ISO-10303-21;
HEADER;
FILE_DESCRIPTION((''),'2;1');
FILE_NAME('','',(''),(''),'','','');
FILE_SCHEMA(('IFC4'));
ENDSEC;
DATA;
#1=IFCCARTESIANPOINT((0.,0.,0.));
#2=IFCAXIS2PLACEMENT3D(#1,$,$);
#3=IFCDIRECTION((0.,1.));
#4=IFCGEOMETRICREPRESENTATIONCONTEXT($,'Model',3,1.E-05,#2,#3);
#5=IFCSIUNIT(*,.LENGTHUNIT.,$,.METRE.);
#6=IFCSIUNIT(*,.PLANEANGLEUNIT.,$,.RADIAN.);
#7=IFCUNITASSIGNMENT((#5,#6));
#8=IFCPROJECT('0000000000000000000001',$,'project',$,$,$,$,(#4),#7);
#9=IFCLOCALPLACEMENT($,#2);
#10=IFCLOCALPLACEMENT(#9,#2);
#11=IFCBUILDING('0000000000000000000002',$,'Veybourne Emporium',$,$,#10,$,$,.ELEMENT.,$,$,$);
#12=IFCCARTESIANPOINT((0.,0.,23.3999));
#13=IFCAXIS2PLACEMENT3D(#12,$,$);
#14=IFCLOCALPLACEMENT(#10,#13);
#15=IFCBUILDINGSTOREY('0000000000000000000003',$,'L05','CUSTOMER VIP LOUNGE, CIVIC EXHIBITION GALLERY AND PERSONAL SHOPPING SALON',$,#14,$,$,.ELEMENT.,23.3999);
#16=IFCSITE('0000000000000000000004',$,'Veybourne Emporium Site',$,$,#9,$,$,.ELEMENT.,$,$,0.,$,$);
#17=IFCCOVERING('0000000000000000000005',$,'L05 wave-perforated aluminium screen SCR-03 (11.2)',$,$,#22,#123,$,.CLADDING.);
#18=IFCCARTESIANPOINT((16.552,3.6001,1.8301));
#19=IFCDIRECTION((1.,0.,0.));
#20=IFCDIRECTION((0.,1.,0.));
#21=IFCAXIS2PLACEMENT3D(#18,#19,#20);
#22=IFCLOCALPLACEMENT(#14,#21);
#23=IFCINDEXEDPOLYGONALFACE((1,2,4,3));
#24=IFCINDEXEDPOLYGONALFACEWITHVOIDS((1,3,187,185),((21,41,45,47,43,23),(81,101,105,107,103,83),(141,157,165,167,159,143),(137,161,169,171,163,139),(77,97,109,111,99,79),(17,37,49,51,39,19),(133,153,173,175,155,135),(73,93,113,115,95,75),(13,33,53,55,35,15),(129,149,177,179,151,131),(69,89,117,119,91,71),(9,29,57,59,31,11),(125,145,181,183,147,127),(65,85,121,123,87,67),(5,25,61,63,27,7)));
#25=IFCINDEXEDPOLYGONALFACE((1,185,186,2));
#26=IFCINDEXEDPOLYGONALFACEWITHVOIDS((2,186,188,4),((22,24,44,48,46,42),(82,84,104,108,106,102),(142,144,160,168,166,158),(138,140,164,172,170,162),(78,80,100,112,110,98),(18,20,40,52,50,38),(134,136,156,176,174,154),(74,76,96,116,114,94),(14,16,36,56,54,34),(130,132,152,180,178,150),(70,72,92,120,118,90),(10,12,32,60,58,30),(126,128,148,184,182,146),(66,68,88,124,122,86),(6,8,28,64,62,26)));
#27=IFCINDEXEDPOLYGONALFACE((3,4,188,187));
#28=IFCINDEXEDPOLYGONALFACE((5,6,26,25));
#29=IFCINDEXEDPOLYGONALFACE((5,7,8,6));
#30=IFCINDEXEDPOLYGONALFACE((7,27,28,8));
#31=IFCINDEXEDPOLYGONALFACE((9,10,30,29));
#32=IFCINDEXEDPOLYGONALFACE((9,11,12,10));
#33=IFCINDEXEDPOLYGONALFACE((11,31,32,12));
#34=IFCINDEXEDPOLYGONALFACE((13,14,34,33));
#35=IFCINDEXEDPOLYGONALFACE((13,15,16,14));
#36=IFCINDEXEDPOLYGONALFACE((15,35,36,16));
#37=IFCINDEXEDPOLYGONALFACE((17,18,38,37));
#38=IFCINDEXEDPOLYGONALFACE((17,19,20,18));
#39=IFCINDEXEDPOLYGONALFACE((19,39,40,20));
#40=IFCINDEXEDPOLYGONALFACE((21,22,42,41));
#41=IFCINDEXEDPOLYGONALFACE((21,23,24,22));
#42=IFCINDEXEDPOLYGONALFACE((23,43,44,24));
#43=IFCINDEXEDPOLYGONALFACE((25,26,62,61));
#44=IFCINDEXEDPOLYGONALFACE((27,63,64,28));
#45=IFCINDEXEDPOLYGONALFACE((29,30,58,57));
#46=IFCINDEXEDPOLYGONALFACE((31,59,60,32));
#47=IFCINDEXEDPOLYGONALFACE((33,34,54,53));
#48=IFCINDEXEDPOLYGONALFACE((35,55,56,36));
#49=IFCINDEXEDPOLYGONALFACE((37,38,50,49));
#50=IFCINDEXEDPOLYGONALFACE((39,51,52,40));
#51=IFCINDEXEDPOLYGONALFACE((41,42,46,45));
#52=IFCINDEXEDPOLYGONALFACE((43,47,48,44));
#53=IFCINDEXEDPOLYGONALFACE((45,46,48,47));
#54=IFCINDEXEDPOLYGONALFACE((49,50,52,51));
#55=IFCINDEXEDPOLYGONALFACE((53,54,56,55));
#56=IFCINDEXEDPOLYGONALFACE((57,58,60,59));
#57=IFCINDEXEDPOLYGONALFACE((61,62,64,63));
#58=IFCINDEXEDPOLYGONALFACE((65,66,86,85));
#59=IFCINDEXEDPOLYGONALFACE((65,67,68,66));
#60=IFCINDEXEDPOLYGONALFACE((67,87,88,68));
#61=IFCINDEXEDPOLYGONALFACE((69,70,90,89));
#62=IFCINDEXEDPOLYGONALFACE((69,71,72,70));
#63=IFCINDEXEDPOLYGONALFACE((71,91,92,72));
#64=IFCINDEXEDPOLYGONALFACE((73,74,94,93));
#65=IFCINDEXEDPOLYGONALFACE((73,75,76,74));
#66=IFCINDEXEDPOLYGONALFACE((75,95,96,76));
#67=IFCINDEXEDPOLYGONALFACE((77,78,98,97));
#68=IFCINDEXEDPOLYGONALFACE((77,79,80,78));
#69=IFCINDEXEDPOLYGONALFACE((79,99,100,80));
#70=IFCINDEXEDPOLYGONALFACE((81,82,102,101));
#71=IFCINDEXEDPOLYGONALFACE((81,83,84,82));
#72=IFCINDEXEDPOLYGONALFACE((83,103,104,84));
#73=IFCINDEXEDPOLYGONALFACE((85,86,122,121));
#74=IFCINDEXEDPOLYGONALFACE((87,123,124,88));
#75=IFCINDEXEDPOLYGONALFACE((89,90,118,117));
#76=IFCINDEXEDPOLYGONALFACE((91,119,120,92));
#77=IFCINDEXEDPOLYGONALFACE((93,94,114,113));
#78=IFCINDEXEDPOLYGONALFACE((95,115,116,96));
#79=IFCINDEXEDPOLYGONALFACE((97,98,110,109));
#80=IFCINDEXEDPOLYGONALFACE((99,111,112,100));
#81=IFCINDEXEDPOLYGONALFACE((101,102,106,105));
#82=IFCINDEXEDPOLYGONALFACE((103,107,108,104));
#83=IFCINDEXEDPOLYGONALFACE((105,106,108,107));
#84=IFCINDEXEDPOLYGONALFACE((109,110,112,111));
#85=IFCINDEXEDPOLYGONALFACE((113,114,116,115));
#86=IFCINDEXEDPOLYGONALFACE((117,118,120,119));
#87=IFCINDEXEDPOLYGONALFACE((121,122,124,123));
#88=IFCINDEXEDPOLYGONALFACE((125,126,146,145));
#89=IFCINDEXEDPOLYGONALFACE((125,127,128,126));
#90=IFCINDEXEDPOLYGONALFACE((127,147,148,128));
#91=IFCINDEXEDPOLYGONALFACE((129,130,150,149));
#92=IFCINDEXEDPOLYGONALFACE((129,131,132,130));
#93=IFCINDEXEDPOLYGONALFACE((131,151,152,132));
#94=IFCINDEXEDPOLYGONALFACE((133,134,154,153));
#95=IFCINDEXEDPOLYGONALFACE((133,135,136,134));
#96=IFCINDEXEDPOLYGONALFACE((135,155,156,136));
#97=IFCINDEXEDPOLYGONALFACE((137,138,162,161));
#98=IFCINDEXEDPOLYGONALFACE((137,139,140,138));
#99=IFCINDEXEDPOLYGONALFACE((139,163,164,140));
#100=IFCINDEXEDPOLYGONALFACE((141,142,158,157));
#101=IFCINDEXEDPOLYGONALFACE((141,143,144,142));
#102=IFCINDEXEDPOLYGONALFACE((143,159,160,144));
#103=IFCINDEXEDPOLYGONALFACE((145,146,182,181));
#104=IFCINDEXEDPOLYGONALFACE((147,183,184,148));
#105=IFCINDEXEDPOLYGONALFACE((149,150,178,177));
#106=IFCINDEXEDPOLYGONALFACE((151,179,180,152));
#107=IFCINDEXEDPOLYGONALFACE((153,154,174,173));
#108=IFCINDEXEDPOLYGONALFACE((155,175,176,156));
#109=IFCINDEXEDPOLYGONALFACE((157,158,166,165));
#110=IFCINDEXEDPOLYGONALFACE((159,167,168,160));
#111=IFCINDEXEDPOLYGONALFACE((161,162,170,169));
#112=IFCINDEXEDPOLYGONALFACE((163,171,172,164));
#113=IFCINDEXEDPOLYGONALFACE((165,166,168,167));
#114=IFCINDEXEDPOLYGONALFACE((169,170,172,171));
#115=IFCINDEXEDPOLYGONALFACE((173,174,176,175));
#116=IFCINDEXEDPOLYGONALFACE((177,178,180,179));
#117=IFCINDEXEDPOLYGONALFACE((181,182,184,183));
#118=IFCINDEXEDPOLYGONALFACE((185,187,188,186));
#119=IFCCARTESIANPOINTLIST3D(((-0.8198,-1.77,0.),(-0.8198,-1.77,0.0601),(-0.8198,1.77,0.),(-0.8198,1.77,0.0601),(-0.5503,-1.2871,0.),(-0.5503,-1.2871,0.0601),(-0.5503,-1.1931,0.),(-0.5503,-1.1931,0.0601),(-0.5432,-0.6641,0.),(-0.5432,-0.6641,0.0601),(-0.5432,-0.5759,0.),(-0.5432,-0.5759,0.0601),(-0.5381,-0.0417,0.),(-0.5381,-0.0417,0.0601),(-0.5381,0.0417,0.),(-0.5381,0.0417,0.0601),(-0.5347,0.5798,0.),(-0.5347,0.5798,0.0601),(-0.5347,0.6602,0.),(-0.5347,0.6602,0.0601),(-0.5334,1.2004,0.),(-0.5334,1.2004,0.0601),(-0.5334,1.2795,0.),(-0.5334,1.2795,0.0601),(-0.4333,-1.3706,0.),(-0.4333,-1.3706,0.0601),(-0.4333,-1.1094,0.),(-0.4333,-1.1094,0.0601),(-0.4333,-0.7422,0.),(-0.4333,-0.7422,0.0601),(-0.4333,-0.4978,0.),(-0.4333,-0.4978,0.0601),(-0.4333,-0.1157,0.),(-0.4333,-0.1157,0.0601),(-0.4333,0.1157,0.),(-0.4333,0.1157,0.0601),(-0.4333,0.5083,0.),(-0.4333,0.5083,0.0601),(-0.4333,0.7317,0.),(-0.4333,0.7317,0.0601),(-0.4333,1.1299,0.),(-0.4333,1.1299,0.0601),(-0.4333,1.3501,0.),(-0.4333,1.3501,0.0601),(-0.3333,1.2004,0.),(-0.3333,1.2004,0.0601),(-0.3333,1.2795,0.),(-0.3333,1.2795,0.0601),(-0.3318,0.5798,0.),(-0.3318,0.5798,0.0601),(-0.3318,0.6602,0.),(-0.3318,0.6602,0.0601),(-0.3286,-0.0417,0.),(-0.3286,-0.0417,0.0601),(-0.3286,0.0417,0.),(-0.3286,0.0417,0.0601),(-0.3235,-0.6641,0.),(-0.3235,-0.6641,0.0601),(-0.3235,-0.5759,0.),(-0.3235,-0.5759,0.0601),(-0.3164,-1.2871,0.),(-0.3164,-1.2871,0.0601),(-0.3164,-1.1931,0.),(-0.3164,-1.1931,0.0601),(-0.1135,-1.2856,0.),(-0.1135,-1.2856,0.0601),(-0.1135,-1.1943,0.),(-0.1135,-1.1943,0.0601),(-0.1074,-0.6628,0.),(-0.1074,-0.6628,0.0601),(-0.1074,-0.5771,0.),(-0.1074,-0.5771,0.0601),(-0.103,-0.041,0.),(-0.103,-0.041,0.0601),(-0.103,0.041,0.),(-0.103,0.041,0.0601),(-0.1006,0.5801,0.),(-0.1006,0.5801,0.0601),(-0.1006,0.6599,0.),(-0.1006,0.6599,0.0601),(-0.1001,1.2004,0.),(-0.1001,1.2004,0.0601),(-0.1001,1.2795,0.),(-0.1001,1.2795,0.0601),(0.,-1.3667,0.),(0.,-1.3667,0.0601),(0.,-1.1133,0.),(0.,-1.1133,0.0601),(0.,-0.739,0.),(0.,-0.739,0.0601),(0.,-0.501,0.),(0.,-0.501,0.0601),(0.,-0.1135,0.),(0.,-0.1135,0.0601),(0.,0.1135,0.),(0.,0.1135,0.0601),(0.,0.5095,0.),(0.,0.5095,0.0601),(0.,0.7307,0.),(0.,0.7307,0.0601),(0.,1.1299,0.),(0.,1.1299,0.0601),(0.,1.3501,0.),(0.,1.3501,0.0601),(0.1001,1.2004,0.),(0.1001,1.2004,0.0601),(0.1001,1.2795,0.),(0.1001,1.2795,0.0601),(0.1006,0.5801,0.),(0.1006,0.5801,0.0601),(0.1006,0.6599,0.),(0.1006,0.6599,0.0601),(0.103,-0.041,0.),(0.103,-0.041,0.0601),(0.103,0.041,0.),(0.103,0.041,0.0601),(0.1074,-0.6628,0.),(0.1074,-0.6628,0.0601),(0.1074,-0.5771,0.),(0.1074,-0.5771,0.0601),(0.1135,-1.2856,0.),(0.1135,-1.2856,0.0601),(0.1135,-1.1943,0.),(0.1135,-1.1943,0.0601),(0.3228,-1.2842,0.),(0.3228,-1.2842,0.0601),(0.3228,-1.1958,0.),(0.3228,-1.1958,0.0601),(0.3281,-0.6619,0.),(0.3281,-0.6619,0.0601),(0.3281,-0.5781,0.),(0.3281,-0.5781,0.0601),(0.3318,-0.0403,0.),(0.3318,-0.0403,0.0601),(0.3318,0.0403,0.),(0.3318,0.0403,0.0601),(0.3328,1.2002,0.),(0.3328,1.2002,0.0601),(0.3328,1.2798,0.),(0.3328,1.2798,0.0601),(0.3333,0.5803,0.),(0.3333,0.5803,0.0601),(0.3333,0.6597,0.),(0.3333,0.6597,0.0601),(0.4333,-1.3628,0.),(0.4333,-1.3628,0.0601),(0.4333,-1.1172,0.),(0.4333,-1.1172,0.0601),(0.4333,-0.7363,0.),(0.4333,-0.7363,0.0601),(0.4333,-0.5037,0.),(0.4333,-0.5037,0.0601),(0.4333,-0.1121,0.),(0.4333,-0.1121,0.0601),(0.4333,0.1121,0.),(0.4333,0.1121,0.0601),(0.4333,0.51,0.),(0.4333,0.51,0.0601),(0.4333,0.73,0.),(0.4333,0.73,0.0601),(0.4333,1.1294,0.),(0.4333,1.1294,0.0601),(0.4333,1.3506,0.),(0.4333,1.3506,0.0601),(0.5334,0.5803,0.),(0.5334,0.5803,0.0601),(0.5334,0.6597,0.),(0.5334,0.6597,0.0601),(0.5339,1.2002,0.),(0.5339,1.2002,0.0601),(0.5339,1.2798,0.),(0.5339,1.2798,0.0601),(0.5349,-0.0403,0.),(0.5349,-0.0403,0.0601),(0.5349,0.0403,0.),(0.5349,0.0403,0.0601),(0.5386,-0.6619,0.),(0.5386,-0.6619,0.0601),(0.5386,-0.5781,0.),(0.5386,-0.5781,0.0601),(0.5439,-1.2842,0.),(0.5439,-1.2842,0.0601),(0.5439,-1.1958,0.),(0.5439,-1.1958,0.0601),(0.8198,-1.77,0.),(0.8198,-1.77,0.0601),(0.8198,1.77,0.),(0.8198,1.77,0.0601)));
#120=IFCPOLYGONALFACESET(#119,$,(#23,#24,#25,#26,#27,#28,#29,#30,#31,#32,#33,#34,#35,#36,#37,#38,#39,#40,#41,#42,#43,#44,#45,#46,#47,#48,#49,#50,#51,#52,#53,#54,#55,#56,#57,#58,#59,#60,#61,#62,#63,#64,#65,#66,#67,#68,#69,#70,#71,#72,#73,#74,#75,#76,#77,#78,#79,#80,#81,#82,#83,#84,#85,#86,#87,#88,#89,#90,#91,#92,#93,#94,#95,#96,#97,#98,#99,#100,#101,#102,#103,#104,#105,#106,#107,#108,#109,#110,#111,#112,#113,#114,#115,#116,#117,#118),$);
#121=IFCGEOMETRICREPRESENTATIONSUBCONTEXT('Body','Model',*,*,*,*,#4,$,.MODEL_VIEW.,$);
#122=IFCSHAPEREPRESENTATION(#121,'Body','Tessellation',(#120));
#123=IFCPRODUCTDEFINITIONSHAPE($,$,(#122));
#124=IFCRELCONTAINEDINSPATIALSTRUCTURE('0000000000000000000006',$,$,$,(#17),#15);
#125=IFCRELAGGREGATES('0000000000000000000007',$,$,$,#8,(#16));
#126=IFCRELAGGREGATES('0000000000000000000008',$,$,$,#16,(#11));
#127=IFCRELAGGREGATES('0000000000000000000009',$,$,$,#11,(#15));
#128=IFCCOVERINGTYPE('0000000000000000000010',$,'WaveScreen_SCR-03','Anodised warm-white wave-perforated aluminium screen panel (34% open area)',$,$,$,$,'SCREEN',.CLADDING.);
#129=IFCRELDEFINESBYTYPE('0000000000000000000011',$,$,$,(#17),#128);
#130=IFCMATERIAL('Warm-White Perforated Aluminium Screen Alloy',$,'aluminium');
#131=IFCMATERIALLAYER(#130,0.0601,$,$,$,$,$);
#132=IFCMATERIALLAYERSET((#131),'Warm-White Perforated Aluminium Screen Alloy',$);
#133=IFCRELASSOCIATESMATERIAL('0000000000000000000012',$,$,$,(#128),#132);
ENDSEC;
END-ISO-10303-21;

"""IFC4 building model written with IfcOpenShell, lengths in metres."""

from ifc_helpers import new_model, si_unit, direction, frame, origin, place, context, subcontext, project, spatial, polyline, outline, extrude, material, layer, layer_set, type_object, element, save


model = new_model("IFC4")

# Units and contexts
model_context = context("Model", 3, precision=1e-05, world=origin(), true_north=direction((0.0, 1.0)))
body_context = subcontext(model_context, "Body", "Model", "MODEL_VIEW")
ifc_project = project(units=[si_unit("LENGTHUNIT", "METRE"), si_unit("PLANEANGLEUNIT", "RADIAN")], contexts=[model_context])

# Site, building, storey
site_placement = place(None, origin())
site = spatial("IfcSite", under=ifc_project, at=site_placement, Name="Veybourne Emporium Site", CompositionType="ELEMENT", RefElevation=0.0)
building_placement = place(site_placement, origin())
building = spatial("IfcBuilding", under=site, at=building_placement, Name="Veybourne Emporium", CompositionType="ELEMENT")
storey_placement = place(building_placement, frame((0.0, 0.0, 23.3999)))
storey = spatial("IfcBuildingStorey", under=building, at=storey_placement, Name="L05", Description="CUSTOMER VIP LOUNGE, CIVIC EXHIBITION GALLERY AND PERSONAL SHOPPING SALON", CompositionType="ELEMENT", Elevation=23.3999)

# Covering
ifc_material_1 = material(Name="Warm-White Perforated Aluminium Screen Alloy", Category="aluminium")
ifc_layer_1 = layer(ifc_material_1, 0.0601)
ifc_layer_set_1 = layer_set([ifc_layer_1], Name="Warm-White Perforated Aluminium Screen Alloy")
covering_type_1 = type_object("IfcCoveringType", Name="WaveScreen_SCR-03", Description="Anodised warm-white wave-perforated aluminium screen panel (34% open area)", ElementType="SCREEN", PredefinedType="CLADDING", material=ifc_layer_set_1)
covering_1_placement = place(storey_placement, frame((16.552, 3.6001, 1.8301), z_axis=(1.0, 0.0, 0.0), x_axis=(0.0, 1.0, 0.0)))
element("IfcCovering", 1, at=covering_1_placement, inside=storey, type_object=covering_type_1, Name="L05 wave-perforated aluminium screen SCR-03 (11.2)", PredefinedType="CLADDING", context=body_context, shape_type="SweptSolid", body=[
    extrude(outline(polyline([(-0.8198, -1.77), (0.8198, -1.77), (0.8198, 1.77), (-0.8198, 1.77), (-0.8198, -1.77)]), holes=[polyline([(-0.4333, -1.1094), (-0.3164, -1.1931), (-0.3164, -1.2871), (-0.4333, -1.3706), (-0.5503, -1.2871), (-0.5503, -1.1931), (-0.4333, -1.1094)]), polyline([(-0.4333, -0.4978), (-0.3235, -0.5759), (-0.3235, -0.6641), (-0.4333, -0.7422), (-0.5432, -0.6641), (-0.5432, -0.5759), (-0.4333, -0.4978)]), polyline([(-0.4333, 0.1157), (-0.3286, 0.0417), (-0.3286, -0.0417), (-0.4333, -0.1157), (-0.5381, -0.0417), (-0.5381, 0.0417), (-0.4333, 0.1157)]), polyline([(-0.4333, 0.7317), (-0.3318, 0.6602), (-0.3318, 0.5798), (-0.4333, 0.5083), (-0.5347, 0.5798), (-0.5347, 0.6602), (-0.4333, 0.7317)]), polyline([(-0.4333, 1.3501), (-0.3333, 1.2795), (-0.3333, 1.2004), (-0.4333, 1.1299), (-0.5334, 1.2004), (-0.5334, 1.2795), (-0.4333, 1.3501)]), polyline([(0.0, -1.1133), (0.1135, -1.1943), (0.1135, -1.2856), (0.0, -1.3667), (-0.1135, -1.2856), (-0.1135, -1.1943), (0.0, -1.1133)]), polyline([(0.0, -0.501), (0.1074, -0.5771), (0.1074, -0.6628), (0.0, -0.739), (-0.1074, -0.6628), (-0.1074, -0.5771), (0.0, -0.501)]), polyline([(0.0, 0.1135), (0.103, 0.041), (0.103, -0.041), (0.0, -0.1135), (-0.103, -0.041), (-0.103, 0.041), (0.0, 0.1135)]), polyline([(0.0, 0.7307), (0.1006, 0.6599), (0.1006, 0.5801), (0.0, 0.5095), (-0.1006, 0.5801), (-0.1006, 0.6599), (0.0, 0.7307)]), polyline([(0.0, 1.3501), (0.1001, 1.2795), (0.1001, 1.2004), (0.0, 1.1299), (-0.1001, 1.2004), (-0.1001, 1.2795), (0.0, 1.3501)]), polyline([(0.4333, -1.1172), (0.5439, -1.1958), (0.5439, -1.2842), (0.4333, -1.3628), (0.3228, -1.2842), (0.3228, -1.1958), (0.4333, -1.1172)]), polyline([(0.4333, -0.5037), (0.5386, -0.5781), (0.5386, -0.6619), (0.4333, -0.7363), (0.3281, -0.6619), (0.3281, -0.5781), (0.4333, -0.5037)]), polyline([(0.4333, 0.1121), (0.5349, 0.0403), (0.5349, -0.0403), (0.4333, -0.1121), (0.3318, -0.0403), (0.3318, 0.0403), (0.4333, 0.1121)]), polyline([(0.4333, 0.73), (0.5334, 0.6597), (0.5334, 0.5803), (0.4333, 0.51), (0.3333, 0.5803), (0.3333, 0.6597), (0.4333, 0.73)]), polyline([(0.4333, 1.3506), (0.5339, 1.2798), (0.5339, 1.2002), (0.4333, 1.1294), (0.3328, 1.2002), (0.3328, 1.2798), (0.4333, 1.3506)])]), origin(), (0.0, 0.0, 1.0), 0.0601),
])

save(model, "model.ifc")
